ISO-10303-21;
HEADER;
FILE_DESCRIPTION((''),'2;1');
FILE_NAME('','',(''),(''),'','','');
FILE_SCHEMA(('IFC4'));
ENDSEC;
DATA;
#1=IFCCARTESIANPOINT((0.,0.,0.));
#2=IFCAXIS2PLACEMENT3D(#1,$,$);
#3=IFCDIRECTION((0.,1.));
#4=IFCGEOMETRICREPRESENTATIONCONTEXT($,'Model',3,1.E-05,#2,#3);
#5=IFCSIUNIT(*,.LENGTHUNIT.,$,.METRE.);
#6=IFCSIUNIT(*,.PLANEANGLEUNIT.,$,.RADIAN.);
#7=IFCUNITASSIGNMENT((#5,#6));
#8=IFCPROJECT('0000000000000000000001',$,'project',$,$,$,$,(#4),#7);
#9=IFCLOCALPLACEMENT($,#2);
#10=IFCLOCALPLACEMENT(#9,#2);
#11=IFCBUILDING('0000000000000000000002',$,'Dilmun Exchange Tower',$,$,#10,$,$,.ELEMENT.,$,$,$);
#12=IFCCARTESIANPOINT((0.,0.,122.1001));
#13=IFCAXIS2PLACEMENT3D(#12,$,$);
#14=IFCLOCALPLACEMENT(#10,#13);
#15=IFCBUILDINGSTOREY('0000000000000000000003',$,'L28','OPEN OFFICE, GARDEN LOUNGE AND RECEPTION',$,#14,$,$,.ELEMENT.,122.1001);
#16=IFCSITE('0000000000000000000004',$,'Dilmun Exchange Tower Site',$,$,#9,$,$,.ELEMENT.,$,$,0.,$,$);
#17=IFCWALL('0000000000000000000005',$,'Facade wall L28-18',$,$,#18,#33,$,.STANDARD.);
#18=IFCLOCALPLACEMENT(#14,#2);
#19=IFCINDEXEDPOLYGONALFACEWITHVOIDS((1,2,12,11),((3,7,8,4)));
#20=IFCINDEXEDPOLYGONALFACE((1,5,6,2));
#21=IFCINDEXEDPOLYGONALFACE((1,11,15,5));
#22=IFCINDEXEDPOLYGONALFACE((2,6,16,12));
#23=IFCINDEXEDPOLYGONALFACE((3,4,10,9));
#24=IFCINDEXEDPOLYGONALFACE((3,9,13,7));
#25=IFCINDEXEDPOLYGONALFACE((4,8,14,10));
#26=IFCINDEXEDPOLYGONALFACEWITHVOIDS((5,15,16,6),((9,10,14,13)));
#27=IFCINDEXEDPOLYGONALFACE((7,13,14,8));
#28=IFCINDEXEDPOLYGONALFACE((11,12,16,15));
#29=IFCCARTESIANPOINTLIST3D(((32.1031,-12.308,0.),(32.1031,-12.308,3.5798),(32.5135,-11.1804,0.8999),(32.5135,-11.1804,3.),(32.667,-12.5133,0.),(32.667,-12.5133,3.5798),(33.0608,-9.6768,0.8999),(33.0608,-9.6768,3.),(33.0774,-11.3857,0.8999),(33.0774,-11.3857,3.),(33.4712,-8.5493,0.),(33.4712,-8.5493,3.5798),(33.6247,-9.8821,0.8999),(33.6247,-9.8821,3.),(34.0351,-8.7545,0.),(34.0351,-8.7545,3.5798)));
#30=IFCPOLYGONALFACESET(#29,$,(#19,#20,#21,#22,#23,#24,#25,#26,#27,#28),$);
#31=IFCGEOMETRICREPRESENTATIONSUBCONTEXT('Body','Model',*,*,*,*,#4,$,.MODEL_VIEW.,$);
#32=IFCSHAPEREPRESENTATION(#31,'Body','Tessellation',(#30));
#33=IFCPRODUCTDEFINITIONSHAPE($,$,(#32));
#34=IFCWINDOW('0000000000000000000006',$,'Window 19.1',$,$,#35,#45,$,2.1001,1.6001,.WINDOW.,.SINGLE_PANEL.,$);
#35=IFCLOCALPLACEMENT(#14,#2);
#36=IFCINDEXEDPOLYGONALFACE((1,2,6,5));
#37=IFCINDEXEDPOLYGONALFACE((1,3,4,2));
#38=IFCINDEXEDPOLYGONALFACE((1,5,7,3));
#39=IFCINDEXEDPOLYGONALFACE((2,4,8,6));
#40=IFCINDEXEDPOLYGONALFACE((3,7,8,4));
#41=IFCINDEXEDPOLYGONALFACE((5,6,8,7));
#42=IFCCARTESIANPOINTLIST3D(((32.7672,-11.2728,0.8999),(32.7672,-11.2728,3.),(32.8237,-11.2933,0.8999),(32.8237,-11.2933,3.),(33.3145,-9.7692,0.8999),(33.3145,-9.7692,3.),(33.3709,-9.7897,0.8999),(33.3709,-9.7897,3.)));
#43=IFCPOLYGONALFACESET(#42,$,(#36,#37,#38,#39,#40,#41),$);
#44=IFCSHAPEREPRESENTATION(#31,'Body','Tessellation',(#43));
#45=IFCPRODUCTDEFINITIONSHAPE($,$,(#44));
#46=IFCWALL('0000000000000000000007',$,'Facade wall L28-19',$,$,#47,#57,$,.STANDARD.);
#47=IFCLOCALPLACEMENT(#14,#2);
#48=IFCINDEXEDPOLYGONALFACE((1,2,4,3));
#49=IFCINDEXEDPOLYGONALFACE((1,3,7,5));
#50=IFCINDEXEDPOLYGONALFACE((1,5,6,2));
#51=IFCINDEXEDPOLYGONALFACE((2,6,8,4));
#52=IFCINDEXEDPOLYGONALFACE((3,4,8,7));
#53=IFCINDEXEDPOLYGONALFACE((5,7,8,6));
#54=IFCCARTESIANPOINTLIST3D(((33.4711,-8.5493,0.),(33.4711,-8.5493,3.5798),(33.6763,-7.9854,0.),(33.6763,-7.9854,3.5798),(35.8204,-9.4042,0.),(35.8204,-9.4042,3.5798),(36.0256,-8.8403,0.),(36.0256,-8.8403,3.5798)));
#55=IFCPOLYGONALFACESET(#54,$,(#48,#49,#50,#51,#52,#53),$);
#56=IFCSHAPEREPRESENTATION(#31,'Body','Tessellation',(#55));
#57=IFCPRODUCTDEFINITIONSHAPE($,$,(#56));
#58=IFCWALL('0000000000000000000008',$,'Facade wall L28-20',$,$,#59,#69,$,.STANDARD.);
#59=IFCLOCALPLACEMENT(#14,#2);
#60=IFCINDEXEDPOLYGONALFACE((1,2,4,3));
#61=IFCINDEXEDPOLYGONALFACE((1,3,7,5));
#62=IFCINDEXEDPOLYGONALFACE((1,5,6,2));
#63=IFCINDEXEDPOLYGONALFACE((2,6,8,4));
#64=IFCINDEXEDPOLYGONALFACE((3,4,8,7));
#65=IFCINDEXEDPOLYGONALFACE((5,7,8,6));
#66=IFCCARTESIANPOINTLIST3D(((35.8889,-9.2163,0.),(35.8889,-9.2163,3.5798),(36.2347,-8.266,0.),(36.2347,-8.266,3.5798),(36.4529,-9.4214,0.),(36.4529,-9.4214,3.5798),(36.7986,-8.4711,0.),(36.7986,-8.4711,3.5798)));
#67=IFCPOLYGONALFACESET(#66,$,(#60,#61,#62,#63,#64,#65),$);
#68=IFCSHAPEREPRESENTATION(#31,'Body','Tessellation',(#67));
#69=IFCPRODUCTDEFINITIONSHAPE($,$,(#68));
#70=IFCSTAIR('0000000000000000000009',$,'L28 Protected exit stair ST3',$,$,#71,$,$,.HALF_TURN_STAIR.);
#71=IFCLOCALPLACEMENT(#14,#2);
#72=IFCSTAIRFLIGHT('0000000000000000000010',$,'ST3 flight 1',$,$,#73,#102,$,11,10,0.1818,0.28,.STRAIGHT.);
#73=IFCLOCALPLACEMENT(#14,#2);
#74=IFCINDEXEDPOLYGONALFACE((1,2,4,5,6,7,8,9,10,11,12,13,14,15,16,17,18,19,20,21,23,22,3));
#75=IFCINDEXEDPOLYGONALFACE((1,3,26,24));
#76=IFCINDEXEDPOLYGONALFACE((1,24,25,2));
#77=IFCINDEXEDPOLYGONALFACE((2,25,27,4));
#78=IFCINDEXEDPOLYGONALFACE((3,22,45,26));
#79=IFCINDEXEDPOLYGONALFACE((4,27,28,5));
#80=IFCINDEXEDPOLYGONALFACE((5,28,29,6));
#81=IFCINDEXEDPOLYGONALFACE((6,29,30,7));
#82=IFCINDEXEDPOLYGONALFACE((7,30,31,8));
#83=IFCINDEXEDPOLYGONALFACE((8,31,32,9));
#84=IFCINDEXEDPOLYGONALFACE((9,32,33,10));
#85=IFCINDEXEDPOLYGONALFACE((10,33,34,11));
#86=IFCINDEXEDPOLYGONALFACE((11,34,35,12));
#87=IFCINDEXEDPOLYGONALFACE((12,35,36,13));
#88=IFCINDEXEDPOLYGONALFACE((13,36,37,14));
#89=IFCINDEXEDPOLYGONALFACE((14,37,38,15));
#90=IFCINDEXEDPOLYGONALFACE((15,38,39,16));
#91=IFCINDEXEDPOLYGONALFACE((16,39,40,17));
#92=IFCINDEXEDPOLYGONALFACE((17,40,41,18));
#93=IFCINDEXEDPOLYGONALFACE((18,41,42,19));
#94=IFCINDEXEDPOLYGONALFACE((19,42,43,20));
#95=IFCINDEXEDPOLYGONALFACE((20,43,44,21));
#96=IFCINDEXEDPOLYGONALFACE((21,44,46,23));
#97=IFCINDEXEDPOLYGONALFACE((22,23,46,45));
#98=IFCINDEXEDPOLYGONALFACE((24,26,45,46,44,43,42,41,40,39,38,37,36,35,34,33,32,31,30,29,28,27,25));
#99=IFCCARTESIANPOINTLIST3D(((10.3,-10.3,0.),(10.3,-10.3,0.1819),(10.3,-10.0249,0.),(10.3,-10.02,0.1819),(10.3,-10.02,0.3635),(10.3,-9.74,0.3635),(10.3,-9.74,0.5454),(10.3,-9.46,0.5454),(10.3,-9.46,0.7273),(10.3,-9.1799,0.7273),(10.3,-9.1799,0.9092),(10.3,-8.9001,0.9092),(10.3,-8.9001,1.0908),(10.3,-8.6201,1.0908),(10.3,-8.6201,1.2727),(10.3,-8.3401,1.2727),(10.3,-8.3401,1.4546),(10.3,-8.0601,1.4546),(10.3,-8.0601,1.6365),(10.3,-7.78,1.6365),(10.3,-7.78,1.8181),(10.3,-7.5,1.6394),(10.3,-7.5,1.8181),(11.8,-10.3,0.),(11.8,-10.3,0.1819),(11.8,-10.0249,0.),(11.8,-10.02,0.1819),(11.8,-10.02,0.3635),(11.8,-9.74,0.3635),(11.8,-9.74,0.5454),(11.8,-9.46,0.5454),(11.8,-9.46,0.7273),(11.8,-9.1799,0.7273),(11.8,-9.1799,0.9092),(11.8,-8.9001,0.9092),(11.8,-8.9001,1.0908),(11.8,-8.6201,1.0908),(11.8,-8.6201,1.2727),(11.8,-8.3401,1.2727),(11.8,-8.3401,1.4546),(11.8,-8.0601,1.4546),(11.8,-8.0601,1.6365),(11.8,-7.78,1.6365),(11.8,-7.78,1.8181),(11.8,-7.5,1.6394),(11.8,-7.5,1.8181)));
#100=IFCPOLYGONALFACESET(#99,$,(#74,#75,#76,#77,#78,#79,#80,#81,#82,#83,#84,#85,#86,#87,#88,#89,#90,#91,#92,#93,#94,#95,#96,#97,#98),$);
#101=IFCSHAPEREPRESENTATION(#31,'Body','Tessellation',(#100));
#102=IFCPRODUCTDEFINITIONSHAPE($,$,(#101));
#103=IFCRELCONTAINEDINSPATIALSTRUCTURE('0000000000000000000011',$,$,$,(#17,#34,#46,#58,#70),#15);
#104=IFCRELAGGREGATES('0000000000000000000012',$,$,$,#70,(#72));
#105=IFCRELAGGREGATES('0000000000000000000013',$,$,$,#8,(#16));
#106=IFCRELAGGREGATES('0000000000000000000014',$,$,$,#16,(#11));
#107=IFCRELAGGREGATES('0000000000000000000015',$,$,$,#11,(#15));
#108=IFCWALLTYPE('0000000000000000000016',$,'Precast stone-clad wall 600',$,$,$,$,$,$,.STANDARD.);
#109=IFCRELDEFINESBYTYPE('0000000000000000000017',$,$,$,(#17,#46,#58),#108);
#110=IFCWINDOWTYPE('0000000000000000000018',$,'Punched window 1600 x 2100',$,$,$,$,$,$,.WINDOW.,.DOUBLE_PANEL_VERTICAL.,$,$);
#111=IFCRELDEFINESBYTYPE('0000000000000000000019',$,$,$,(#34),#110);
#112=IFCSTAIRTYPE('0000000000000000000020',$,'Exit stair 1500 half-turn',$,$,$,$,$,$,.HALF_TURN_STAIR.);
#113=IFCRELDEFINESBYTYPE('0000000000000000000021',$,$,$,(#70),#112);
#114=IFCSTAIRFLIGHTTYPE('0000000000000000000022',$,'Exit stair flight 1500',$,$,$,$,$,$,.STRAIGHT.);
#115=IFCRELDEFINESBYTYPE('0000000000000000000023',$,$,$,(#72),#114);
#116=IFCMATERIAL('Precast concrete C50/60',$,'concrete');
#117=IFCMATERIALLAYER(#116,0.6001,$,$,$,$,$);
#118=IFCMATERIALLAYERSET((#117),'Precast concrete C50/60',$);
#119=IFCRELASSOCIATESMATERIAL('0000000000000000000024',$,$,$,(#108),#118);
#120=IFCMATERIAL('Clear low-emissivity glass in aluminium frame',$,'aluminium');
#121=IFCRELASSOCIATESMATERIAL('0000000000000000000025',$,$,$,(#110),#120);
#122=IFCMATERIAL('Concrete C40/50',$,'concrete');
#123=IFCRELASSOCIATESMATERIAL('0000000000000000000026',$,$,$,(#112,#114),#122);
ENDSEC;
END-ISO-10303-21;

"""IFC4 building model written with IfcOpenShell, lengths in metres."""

from ifc_helpers import new_model, si_unit, direction, frame, frame_2d, origin, place, context, subcontext, project, spatial, polyline, rectangle, outline, extrude, material, layer, layer_set, type_object, element, fill, aggregate, save


model = new_model("IFC4")

# Units and contexts
model_context = context("Model", 3, precision=1e-05, world=origin(), true_north=direction((0.0, 1.0)))
body_context = subcontext(model_context, "Body", "Model", "MODEL_VIEW")
ifc_project = project(units=[si_unit("LENGTHUNIT", "METRE"), si_unit("PLANEANGLEUNIT", "RADIAN")], contexts=[model_context])

# Site, building, storey
site_placement = place(None, origin())
site = spatial("IfcSite", under=ifc_project, at=site_placement, Name="Dilmun Exchange Tower Site", CompositionType="ELEMENT", RefElevation=0.0)
building_placement = place(site_placement, origin())
building = spatial("IfcBuilding", under=site, at=building_placement, Name="Dilmun Exchange Tower", CompositionType="ELEMENT")
storey_placement = place(building_placement, frame((0.0, 0.0, 122.1001)))
storey = spatial("IfcBuildingStorey", under=building, at=storey_placement, Name="L28", Description="OPEN OFFICE, GARDEN LOUNGE AND RECEPTION", CompositionType="ELEMENT", Elevation=122.1001)

# Shared definitions
ifc_material_1 = material(Name="Concrete C40/50", Category="concrete")

# Shared definitions
ifc_material_2 = material(Name="Precast concrete C50/60", Category="concrete")
ifc_layer_1 = layer(ifc_material_2, 0.6001)
ifc_layer_set_1 = layer_set([ifc_layer_1], Name="Precast concrete C50/60")
wall_type_1 = type_object("IfcWallType", Name="Precast stone-clad wall 600", PredefinedType="STANDARD", material=ifc_layer_set_1)

# Wall, opening, window
wall_1_placement = place(storey_placement, frame((32.385, -12.4106, 0.0), z_axis=(0.0, 0.0, 1.0), x_axis=(0.342037, 0.939686, 0.0)))
wall_1 = element("IfcWall", 1, at=wall_1_placement, inside=storey, type_object=wall_type_1, Name="Facade wall L28-18", PredefinedType="STANDARD", context=body_context, shape_type="SweptSolid", body=[
    extrude(rectangle(XDim=4.0, YDim=0.6001, at=frame_2d((2.0, 0.0))), origin(), (0.0, 0.0, 1.0), 3.5798),
])
opening_1_placement = place(wall_1_placement, frame((1.2, 0.0, 0.8999)))
opening_1 = element("IfcOpeningElement", 2, at=opening_1_placement, cuts=wall_1, PredefinedType="OPENING", context=body_context, shape_type="SweptSolid", body=[
    extrude(rectangle(XDim=1.6001, YDim=2.1001, at=frame_2d((0.8, 1.05))), frame((0.0, 0.3101, 0.0), z_axis=(0.0, -1.0, 0.0), x_axis=(1.0, 0.0, 0.0)), (0.0, 0.0, 1.0), 0.6201),
])
ifc_material_3 = material(Name="Clear low-emissivity glass in aluminium frame", Category="aluminium")
window_type = type_object("IfcWindowType", Name="Punched window 1600 x 2100", PartitioningType="DOUBLE_PANEL_VERTICAL", PredefinedType="WINDOW", material=ifc_material_3)
window_placement = place(opening_1_placement, origin())
window = element("IfcWindow", 3, at=window_placement, inside=storey, type_object=window_type, Name="Window 19.1", OverallHeight=2.1001, OverallWidth=1.6001, PartitioningType="SINGLE_PANEL", PredefinedType="WINDOW", context=body_context, shape_type="SweptSolid", body=[
    extrude(rectangle(XDim=1.6001, YDim=2.1001, at=frame_2d((0.8, 1.05))), frame((0.0, 0.03, 0.0), z_axis=(0.0, -1.0, 0.0), x_axis=(1.0, 0.0, 0.0)), (0.0, 0.0, 1.0), 0.0601),
])
fill(opening_1, window)

# Walls
wall_2_placement = place(storey_placement, frame((33.5737, -8.2673, 0.0), z_axis=(0.0, 0.0, 1.0), x_axis=(0.939708, -0.341978, 0.0)))
element("IfcWall", 4, at=wall_2_placement, inside=storey, type_object=wall_type_1, Name="Facade wall L28-19", PredefinedType="STANDARD", context=body_context, shape_type="SweptSolid", body=[
    extrude(rectangle(XDim=2.5, YDim=0.6001, at=frame_2d((1.25, 0.0))), origin(), (0.0, 0.0, 1.0), 3.5798),
])
wall_3_placement = place(storey_placement, frame((36.1709, -9.3188, 0.0), z_axis=(0.0, 0.0, 1.0), x_axis=(0.341898, 0.939737, 0.0)))
element("IfcWall", 5, at=wall_3_placement, inside=storey, type_object=wall_type_1, Name="Facade wall L28-20", PredefinedType="STANDARD", context=body_context, shape_type="SweptSolid", body=[
    extrude(rectangle(XDim=1.0112, YDim=0.6001, at=frame_2d((0.5056, 0.0))), origin(), (0.0, 0.0, 1.0), 3.5798),
])

# Stair, stair flight
stair_type = type_object("IfcStairType", Name="Exit stair 1500 half-turn", PredefinedType="HALF_TURN_STAIR", material=ifc_material_1)
stair_placement = place(storey_placement, origin())
stair = element("IfcStair", 6, at=stair_placement, inside=storey, type_object=stair_type, Name="L28 Protected exit stair ST3", PredefinedType="HALF_TURN_STAIR")
stair_flight_type = type_object("IfcStairFlightType", Name="Exit stair flight 1500", PredefinedType="STRAIGHT", material=ifc_material_1)
stair_flight_placement = place(storey_placement, frame((11.05, -10.3, 0.0), z_axis=(0.0, 0.0, 1.0), x_axis=(0.0, 1.0, 0.0)))
stair_flight = element("IfcStairFlight", 7, at=stair_flight_placement, type_object=stair_flight_type, Name="ST3 flight 1", NumberOfRisers=11, NumberOfTreads=10, PredefinedType="STRAIGHT", RiserHeight=0.1818, TreadLength=0.28, context=body_context, shape_type="SweptSolid", body=[
    extrude(outline(polyline([(0.0, 0.0), (0.0, 0.1819), (0.28, 0.1819), (0.28, 0.3635), (0.5601, 0.3635), (0.5601, 0.5454), (0.8401, 0.5454), (0.8401, 0.7273), (1.1201, 0.7273), (1.1201, 0.9092), (1.3999, 0.9092), (1.3999, 1.0908), (1.6799, 1.0908), (1.6799, 1.2727), (1.96, 1.2727), (1.96, 1.4546), (2.24, 1.4546), (2.24, 1.6365), (2.52, 1.6365), (2.52, 1.8181), (2.8, 1.8181), (2.8, 2.0), (2.8, 1.6394), (0.2751, 0.0), (0.0, 0.0)])), frame((0.0, 0.75, 0.0), z_axis=(0.0, -1.0, 0.0), x_axis=(1.0, 0.0, 0.0)), (0.0, 0.0, 1.0), 1.5),
])
aggregate(stair, [stair_flight])

save(model, "model.ifc")
